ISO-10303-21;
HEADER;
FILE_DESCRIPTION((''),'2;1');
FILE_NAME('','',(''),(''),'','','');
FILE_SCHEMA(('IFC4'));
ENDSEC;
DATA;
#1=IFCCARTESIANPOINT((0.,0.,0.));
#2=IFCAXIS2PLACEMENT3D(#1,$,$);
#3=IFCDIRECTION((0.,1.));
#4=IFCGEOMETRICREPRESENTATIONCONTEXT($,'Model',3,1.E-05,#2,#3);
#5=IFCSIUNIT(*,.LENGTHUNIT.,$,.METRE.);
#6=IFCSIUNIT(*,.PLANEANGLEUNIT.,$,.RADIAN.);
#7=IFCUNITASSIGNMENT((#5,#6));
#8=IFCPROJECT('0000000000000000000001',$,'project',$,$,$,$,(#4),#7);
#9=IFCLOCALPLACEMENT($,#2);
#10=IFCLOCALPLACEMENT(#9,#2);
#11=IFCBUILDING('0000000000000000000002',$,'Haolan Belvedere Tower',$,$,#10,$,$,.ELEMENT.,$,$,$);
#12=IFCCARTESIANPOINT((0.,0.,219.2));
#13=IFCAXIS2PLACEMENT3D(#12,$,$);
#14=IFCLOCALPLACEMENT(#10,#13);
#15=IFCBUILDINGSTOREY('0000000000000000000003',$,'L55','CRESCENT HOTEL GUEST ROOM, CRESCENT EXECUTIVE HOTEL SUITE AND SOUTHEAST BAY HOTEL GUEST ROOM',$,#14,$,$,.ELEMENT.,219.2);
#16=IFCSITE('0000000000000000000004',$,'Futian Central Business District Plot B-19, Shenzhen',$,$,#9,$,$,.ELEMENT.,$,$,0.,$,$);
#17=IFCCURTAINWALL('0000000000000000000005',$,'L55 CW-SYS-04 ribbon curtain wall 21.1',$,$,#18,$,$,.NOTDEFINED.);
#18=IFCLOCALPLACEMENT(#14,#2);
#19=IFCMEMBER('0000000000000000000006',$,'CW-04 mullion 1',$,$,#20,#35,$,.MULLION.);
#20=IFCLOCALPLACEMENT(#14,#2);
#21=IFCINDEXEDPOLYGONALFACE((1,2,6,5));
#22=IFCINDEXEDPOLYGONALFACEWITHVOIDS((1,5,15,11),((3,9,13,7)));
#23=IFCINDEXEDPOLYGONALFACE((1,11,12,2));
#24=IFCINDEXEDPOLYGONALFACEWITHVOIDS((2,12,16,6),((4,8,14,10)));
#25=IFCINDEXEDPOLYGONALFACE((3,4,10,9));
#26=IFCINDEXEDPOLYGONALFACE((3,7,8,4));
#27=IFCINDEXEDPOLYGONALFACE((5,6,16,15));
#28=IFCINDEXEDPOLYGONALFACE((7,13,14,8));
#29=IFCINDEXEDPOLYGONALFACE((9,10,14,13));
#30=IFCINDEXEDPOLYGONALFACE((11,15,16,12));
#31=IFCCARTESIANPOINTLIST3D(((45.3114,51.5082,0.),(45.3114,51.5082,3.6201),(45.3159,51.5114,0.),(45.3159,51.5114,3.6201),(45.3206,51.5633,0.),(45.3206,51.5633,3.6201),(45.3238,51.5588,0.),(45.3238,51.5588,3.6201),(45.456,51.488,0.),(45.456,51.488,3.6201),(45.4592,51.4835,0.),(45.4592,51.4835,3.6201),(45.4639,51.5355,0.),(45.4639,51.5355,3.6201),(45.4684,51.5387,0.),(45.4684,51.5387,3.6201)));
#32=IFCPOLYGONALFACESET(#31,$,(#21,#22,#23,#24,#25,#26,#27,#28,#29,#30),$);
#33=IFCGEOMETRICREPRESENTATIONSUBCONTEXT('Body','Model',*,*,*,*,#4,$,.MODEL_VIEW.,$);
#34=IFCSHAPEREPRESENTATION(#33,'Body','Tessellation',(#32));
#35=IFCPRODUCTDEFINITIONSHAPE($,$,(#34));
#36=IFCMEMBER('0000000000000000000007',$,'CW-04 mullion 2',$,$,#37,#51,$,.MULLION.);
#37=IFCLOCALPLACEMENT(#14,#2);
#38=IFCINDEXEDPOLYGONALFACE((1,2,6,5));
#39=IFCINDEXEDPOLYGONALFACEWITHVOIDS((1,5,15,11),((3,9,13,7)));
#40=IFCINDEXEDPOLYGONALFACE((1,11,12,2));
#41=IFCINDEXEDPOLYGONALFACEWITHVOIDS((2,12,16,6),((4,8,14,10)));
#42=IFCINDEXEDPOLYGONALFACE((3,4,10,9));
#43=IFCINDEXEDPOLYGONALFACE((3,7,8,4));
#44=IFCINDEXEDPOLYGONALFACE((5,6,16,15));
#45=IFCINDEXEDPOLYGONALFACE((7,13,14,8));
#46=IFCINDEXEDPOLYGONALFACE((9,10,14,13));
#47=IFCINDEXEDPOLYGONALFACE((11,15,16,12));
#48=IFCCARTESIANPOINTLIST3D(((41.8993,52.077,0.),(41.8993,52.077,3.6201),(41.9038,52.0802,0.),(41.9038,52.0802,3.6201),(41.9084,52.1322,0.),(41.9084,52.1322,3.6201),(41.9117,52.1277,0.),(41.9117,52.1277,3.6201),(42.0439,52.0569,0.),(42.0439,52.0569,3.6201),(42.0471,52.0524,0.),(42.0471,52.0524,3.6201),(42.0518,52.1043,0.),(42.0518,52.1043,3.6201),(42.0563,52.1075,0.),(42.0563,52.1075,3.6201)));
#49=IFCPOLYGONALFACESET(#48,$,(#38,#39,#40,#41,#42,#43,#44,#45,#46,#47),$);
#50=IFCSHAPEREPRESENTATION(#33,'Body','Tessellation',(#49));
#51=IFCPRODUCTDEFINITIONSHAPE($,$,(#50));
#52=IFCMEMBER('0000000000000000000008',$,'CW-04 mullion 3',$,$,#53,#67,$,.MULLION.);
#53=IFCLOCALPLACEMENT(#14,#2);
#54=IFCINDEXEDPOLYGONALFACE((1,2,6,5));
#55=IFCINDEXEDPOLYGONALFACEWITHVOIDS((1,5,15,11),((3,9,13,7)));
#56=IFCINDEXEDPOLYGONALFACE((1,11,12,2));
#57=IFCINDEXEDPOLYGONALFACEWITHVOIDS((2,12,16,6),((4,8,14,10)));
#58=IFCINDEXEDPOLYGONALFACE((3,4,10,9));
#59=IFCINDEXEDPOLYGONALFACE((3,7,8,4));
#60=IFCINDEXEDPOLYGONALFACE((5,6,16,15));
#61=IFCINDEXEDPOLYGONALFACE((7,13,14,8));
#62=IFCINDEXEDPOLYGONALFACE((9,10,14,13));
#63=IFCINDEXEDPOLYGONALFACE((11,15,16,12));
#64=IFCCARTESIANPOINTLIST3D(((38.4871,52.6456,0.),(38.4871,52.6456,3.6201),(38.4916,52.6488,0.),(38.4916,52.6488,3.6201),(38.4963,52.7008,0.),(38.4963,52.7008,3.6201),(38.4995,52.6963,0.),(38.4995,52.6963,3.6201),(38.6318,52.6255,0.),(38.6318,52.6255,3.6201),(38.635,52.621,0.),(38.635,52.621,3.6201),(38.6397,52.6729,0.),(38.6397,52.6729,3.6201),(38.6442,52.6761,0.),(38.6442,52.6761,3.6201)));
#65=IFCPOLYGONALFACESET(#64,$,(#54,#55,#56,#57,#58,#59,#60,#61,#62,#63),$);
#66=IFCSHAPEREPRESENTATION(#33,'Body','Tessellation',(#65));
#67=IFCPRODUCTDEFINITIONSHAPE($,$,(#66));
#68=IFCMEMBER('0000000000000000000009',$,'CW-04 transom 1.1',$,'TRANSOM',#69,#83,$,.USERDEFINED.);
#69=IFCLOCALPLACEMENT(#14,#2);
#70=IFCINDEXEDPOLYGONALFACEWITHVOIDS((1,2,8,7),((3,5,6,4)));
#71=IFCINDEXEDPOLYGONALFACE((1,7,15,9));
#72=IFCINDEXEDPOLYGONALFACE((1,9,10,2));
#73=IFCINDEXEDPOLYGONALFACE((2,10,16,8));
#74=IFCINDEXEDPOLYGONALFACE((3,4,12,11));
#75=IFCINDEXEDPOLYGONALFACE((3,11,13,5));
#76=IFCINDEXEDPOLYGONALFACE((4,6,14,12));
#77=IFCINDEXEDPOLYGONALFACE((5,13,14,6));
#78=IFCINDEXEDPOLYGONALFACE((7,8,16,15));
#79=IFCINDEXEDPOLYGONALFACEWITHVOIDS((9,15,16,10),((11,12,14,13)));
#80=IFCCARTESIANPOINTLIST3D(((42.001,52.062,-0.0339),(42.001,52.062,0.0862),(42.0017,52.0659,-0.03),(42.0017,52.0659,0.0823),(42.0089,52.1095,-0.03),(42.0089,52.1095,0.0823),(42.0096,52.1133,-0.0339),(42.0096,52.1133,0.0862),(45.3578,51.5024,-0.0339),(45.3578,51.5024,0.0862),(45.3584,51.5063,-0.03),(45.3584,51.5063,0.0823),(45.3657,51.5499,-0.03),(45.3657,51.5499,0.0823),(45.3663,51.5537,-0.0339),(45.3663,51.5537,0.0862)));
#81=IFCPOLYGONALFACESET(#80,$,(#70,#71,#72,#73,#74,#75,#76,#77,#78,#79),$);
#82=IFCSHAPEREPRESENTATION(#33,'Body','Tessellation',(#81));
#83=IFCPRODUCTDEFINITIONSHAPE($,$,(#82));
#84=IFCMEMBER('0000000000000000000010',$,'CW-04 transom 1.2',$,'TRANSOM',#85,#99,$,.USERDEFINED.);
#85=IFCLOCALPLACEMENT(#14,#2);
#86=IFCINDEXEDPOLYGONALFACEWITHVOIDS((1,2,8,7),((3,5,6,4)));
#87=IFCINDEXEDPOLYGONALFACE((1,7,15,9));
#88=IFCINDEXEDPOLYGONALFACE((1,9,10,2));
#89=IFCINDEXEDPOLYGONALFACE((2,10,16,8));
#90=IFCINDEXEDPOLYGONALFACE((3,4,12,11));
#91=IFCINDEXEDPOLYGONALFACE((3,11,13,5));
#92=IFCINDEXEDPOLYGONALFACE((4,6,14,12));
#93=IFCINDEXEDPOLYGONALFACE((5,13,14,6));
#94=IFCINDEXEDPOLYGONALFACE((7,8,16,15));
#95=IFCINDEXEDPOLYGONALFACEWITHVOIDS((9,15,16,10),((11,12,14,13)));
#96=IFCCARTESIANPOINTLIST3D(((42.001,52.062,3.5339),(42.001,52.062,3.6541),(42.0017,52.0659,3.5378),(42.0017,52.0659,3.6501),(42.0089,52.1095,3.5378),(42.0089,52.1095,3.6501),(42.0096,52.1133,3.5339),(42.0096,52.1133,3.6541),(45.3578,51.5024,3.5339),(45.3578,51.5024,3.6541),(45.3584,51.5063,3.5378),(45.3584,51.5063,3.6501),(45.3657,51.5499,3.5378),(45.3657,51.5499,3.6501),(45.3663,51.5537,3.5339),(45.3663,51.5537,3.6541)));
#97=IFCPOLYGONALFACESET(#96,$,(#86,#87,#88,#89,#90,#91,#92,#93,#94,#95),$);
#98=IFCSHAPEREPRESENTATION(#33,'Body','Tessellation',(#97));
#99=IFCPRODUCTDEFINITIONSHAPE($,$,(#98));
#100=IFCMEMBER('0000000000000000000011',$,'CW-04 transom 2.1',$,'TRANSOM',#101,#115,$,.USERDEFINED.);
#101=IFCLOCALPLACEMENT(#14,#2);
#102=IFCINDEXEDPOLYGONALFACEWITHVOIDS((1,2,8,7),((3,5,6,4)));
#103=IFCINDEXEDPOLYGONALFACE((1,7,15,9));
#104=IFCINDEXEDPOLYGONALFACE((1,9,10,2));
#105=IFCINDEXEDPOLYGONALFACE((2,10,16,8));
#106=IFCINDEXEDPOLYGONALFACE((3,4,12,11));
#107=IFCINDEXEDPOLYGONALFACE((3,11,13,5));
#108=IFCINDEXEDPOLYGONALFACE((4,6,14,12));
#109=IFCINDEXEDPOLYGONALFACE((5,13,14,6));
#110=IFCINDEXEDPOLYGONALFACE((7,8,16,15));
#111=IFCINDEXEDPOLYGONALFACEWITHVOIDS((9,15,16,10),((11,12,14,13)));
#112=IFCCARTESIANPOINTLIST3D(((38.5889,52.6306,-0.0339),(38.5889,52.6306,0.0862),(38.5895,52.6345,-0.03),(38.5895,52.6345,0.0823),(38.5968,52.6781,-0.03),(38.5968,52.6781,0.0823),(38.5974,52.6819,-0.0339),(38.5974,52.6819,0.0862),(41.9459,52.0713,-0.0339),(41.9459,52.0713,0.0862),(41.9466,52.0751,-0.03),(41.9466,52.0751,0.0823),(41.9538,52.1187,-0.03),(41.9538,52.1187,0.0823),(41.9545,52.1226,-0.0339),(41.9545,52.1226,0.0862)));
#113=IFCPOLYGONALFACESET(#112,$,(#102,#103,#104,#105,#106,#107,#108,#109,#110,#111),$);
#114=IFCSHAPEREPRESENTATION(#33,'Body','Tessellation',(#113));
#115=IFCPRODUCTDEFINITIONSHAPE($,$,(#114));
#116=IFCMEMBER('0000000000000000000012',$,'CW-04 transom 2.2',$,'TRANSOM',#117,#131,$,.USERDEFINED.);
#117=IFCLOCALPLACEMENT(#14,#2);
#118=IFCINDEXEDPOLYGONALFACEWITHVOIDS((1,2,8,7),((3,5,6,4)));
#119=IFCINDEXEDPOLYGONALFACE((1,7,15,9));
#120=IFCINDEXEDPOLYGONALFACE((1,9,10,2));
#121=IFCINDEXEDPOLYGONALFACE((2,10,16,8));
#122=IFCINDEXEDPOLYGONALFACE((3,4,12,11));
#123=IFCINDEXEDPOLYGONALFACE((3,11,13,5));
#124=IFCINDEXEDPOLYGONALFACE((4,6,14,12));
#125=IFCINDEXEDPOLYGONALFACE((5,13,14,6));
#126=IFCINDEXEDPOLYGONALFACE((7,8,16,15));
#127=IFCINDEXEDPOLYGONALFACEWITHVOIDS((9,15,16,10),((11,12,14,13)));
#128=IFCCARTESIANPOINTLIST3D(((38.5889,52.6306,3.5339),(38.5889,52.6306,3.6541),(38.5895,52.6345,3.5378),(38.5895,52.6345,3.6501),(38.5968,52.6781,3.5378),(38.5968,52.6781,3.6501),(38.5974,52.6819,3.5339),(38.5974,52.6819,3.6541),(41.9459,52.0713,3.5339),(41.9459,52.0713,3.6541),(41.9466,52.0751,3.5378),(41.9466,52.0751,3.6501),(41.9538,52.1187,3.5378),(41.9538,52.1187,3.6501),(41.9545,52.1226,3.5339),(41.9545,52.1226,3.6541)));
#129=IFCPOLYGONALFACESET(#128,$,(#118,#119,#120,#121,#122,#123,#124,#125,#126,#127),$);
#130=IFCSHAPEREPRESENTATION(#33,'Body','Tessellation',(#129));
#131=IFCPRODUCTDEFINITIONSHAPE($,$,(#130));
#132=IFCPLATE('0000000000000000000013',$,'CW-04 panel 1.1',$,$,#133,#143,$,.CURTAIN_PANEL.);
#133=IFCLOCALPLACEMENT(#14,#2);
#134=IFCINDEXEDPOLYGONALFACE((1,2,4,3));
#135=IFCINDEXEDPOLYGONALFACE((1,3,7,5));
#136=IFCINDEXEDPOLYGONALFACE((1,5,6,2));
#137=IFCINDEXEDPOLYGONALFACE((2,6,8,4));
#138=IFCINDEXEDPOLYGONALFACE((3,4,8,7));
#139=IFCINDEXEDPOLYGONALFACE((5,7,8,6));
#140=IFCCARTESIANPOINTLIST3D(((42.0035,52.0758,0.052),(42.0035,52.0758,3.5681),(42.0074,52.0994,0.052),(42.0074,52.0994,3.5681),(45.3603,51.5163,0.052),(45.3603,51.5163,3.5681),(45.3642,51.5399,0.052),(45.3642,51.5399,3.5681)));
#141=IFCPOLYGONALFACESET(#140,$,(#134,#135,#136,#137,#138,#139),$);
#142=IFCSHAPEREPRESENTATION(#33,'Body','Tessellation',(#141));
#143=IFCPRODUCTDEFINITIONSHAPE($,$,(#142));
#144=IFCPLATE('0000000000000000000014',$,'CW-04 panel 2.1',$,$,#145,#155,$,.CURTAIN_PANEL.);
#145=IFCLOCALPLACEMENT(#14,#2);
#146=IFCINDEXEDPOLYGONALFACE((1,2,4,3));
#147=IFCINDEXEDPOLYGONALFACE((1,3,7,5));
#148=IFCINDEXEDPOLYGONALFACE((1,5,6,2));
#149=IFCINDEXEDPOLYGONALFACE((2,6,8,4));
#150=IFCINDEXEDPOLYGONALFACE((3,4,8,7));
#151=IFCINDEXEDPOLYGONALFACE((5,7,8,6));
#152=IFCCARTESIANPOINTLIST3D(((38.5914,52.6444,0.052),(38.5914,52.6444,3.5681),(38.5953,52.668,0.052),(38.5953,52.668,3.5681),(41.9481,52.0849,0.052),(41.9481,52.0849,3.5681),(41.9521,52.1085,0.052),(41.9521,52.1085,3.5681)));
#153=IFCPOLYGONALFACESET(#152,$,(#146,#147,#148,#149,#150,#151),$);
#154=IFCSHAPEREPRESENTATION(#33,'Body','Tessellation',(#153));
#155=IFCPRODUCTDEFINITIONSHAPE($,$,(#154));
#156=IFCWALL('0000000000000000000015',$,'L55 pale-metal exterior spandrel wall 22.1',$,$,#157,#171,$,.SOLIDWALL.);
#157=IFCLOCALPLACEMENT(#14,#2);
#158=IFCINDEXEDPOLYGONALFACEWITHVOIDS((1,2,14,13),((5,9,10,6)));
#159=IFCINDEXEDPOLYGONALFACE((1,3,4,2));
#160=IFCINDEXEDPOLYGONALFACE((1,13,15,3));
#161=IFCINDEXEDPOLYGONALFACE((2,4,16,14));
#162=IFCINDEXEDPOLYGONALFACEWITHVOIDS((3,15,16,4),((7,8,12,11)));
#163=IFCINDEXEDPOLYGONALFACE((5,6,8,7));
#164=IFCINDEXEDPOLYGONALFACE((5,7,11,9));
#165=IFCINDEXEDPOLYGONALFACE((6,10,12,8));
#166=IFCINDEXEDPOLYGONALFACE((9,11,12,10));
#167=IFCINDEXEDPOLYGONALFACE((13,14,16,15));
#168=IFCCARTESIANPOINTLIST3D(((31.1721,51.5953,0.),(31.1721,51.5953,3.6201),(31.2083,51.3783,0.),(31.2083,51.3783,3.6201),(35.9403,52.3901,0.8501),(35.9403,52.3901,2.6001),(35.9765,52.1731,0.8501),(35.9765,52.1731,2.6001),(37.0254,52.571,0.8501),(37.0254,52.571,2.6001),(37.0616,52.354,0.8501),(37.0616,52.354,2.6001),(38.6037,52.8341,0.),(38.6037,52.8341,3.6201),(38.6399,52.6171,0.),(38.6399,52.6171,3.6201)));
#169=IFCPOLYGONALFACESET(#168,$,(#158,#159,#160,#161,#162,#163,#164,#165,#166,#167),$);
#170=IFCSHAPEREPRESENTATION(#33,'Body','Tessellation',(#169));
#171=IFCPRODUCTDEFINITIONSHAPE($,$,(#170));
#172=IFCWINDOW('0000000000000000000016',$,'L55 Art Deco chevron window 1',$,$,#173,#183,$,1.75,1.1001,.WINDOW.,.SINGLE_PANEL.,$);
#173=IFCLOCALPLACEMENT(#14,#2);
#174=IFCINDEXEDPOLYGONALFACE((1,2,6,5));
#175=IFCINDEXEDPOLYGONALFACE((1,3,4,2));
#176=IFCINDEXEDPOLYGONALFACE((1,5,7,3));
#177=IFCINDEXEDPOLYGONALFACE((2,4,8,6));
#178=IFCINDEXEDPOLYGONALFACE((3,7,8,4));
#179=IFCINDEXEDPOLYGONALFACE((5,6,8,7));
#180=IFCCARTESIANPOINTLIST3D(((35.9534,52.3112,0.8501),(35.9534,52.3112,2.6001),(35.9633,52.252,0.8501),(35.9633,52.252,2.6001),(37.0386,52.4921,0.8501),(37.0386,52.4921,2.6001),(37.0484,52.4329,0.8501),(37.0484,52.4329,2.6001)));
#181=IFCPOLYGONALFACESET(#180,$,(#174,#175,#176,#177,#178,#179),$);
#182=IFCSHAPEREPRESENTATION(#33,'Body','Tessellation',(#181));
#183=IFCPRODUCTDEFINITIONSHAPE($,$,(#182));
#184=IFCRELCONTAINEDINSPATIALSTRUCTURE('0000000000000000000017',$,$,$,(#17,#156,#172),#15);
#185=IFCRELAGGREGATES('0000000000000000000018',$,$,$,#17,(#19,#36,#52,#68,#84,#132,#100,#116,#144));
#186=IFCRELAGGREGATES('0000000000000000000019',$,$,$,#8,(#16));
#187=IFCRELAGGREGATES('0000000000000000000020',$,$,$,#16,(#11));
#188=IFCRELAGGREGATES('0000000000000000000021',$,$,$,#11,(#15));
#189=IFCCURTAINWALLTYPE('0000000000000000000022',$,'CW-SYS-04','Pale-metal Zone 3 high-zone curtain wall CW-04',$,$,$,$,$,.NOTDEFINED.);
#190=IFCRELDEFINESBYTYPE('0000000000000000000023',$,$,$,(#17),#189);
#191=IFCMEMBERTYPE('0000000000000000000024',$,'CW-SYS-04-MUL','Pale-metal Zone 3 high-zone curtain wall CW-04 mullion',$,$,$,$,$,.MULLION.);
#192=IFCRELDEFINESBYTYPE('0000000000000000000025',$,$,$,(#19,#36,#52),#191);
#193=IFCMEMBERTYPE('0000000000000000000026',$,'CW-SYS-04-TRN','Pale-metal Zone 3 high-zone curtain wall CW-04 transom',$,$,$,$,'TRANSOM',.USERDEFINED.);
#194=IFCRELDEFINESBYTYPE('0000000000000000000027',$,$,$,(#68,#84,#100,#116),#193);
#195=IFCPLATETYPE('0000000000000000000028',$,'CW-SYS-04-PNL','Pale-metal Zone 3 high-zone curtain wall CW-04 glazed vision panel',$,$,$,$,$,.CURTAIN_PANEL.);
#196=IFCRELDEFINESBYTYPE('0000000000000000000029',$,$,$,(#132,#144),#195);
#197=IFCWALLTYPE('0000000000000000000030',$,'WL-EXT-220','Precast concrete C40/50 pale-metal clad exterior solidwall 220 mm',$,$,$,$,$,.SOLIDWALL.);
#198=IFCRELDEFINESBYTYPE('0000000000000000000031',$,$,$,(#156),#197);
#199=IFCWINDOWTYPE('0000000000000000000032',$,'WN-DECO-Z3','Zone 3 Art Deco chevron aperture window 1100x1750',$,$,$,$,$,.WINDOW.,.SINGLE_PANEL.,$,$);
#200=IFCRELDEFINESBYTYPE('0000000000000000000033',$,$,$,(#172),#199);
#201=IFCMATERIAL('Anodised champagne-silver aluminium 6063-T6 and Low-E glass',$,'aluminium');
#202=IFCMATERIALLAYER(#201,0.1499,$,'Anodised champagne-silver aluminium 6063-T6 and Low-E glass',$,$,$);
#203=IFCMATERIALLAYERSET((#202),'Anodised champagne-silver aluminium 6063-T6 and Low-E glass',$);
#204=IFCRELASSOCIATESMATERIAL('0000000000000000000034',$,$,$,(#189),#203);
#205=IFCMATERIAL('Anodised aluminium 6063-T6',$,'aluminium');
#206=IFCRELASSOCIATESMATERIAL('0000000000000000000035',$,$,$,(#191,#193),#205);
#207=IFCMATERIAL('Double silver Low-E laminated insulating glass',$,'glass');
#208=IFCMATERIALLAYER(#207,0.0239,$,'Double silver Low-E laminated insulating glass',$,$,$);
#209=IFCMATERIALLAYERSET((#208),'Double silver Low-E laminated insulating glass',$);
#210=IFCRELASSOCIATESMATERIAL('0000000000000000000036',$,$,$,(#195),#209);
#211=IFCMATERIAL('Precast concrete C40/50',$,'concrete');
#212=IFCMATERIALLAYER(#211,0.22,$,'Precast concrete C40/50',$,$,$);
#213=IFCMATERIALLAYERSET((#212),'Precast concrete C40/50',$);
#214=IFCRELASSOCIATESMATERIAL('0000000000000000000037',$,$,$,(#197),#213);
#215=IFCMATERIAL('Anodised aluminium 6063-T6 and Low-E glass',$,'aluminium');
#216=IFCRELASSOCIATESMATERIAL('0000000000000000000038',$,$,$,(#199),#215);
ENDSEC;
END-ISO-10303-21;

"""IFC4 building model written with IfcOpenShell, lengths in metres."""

from ifc_helpers import new_model, si_unit, direction, frame, frame_2d, origin, origin_2d, place, context, subcontext, project, spatial, rectangle, hollow_rectangle, extrude, material, layer, layer_set, material_profile, profile_set, type_object, element, fill, aggregate, save


model = new_model("IFC4")

# Units and contexts
model_context = context("Model", 3, precision=1e-05, world=origin(), true_north=direction((0.0, 1.0)))
body_context = subcontext(model_context, "Body", "Model", "MODEL_VIEW")
ifc_project = project(units=[si_unit("LENGTHUNIT", "METRE"), si_unit("PLANEANGLEUNIT", "RADIAN")], contexts=[model_context])

# Site, building, storey
site_placement = place(None, origin())
site = spatial("IfcSite", under=ifc_project, at=site_placement, Name="Futian Central Business District Plot B-19, Shenzhen", CompositionType="ELEMENT", RefElevation=0.0)
building_placement = place(site_placement, origin())
building = spatial("IfcBuilding", under=site, at=building_placement, Name="Haolan Belvedere Tower", CompositionType="ELEMENT")
storey_placement = place(building_placement, frame((0.0, 0.0, 219.2)))
storey = spatial("IfcBuildingStorey", under=building, at=storey_placement, Name="L55", Description="CRESCENT HOTEL GUEST ROOM, CRESCENT EXECUTIVE HOTEL SUITE AND SOUTHEAST BAY HOTEL GUEST ROOM", CompositionType="ELEMENT", Elevation=219.2)

# Shared definitions
ifc_material_1 = material(Name="Anodised champagne-silver aluminium 6063-T6 and Low-E glass", Category="aluminium")
ifc_layer_1 = layer(ifc_material_1, 0.1499, Name="Anodised champagne-silver aluminium 6063-T6 and Low-E glass")
ifc_layer_set_1 = layer_set([ifc_layer_1], Name="Anodised champagne-silver aluminium 6063-T6 and Low-E glass")
curtain_wall_type = type_object("IfcCurtainWallType", Name="CW-SYS-04", Description="Pale-metal Zone 3 high-zone curtain wall CW-04", PredefinedType="NOTDEFINED", material=ifc_layer_set_1)
ifc_material_2 = material(Name="Anodised aluminium 6063-T6", Category="aluminium")
ifc_material_profile_1 = material_profile(ifc_material_2, hollow_rectangle(XDim=0.0559, YDim=0.1499, WallThickness=0.0039, at=origin_2d()), Name="Anodised aluminium 6063-T6")
ifc_profile_set_1 = profile_set([ifc_material_profile_1], Name="Anodised aluminium 6063-T6")
member_type_1 = type_object("IfcMemberType", Name="CW-SYS-04-MUL", Description="Pale-metal Zone 3 high-zone curtain wall CW-04 mullion", PredefinedType="MULLION", material=ifc_profile_set_1)

# Curtain wall, members, plates
curtain_wall_1_placement = place(storey_placement, origin())
curtain_wall_1 = element("IfcCurtainWall", 1, at=curtain_wall_1_placement, inside=storey, type_object=curtain_wall_type, Name="L55 CW-SYS-04 ribbon curtain wall 21.1", PredefinedType="NOTDEFINED")
member_1_placement = place(storey_placement, frame((45.3899, 51.5234, 0.0), z_axis=(0.0, 0.0, 1.0), x_axis=(-0.164406, -0.986393, 0.0)))
member_1 = element("IfcMember", 2, at=member_1_placement, type_object=member_type_1, Name="CW-04 mullion 1", PredefinedType="MULLION", context=body_context, shape_type="SweptSolid", body=[
    extrude(hollow_rectangle(XDim=0.0559, YDim=0.1499, WallThickness=0.0039, at=origin_2d()), origin(), (0.0, 0.0, 1.0), 3.6201),
])
member_2_placement = place(storey_placement, frame((41.9778, 52.0923, 0.0), z_axis=(0.0, 0.0, 1.0), x_axis=(-0.164406, -0.986393, 0.0)))
member_2 = element("IfcMember", 3, at=member_2_placement, type_object=member_type_1, Name="CW-04 mullion 2", PredefinedType="MULLION", context=body_context, shape_type="SweptSolid", body=[
    extrude(hollow_rectangle(XDim=0.0559, YDim=0.1499, WallThickness=0.0039, at=origin_2d()), origin(), (0.0, 0.0, 1.0), 3.6201),
])
member_3_placement = place(storey_placement, frame((38.5657, 52.6609, 0.0), z_axis=(0.0, 0.0, 1.0), x_axis=(-0.164406, -0.986393, 0.0)))
member_3 = element("IfcMember", 4, at=member_3_placement, type_object=member_type_1, Name="CW-04 mullion 3", PredefinedType="MULLION", context=body_context, shape_type="SweptSolid", body=[
    extrude(hollow_rectangle(XDim=0.0559, YDim=0.1499, WallThickness=0.0039, at=origin_2d()), origin(), (0.0, 0.0, 1.0), 3.6201),
])
ifc_material_profile_2 = material_profile(ifc_material_2, hollow_rectangle(XDim=0.052, YDim=0.1201, WallThickness=0.0039, at=origin_2d()), Name="Anodised aluminium 6063-T6")
ifc_profile_set_2 = profile_set([ifc_material_profile_2], Name="Anodised aluminium 6063-T6")
member_type_2 = type_object("IfcMemberType", Name="CW-SYS-04-TRN", Description="Pale-metal Zone 3 high-zone curtain wall CW-04 transom", ElementType="TRANSOM", PredefinedType="USERDEFINED", material=ifc_profile_set_2)
member_4_placement = place(storey_placement, frame((45.3621, 51.5281, 0.0261), z_axis=(-0.986388, 0.164434, 0.0), x_axis=(-0.164434, -0.986388, 0.0)))
member_4 = element("IfcMember", 5, at=member_4_placement, type_object=member_type_2, Name="CW-04 transom 1.1", ObjectType="TRANSOM", PredefinedType="USERDEFINED", context=body_context, shape_type="SweptSolid", body=[
    extrude(hollow_rectangle(XDim=0.052, YDim=0.1201, WallThickness=0.0039, at=origin_2d()), origin(), (0.0, 0.0, 1.0), 3.4031),
])
member_5_placement = place(storey_placement, frame((45.3621, 51.5281, 3.594), z_axis=(-0.986388, 0.164434, 0.0), x_axis=(-0.164434, -0.986388, 0.0)))
member_5 = element("IfcMember", 6, at=member_5_placement, type_object=member_type_2, Name="CW-04 transom 1.2", ObjectType="TRANSOM", PredefinedType="USERDEFINED", context=body_context, shape_type="SweptSolid", body=[
    extrude(hollow_rectangle(XDim=0.052, YDim=0.1201, WallThickness=0.0039, at=origin_2d()), origin(), (0.0, 0.0, 1.0), 3.4031),
])
member_6_placement = place(storey_placement, frame((41.9502, 52.0969, 0.0261), z_axis=(-0.986402, 0.164352, 0.0), x_axis=(-0.164352, -0.986402, 0.0)))
member_6 = element("IfcMember", 7, at=member_6_placement, type_object=member_type_2, Name="CW-04 transom 2.1", ObjectType="TRANSOM", PredefinedType="USERDEFINED", context=body_context, shape_type="SweptSolid", body=[
    extrude(hollow_rectangle(XDim=0.052, YDim=0.1201, WallThickness=0.0039, at=origin_2d()), origin(), (0.0, 0.0, 1.0), 3.4033),
])
member_7_placement = place(storey_placement, frame((41.9502, 52.0969, 3.594), z_axis=(-0.986402, 0.164352, 0.0), x_axis=(-0.164352, -0.986402, 0.0)))
member_7 = element("IfcMember", 8, at=member_7_placement, type_object=member_type_2, Name="CW-04 transom 2.2", ObjectType="TRANSOM", PredefinedType="USERDEFINED", context=body_context, shape_type="SweptSolid", body=[
    extrude(hollow_rectangle(XDim=0.052, YDim=0.1201, WallThickness=0.0039, at=origin_2d()), origin(), (0.0, 0.0, 1.0), 3.4033),
])
ifc_material_3 = material(Name="Double silver Low-E laminated insulating glass", Category="glass")
ifc_layer_2 = layer(ifc_material_3, 0.0239, Name="Double silver Low-E laminated insulating glass")
ifc_layer_set_2 = layer_set([ifc_layer_2], Name="Double silver Low-E laminated insulating glass")
plate_type = type_object("IfcPlateType", Name="CW-SYS-04-PNL", Description="Pale-metal Zone 3 high-zone curtain wall CW-04 glazed vision panel", PredefinedType="CURTAIN_PANEL", material=ifc_layer_set_2)
plate_1_placement = place(storey_placement, frame((43.6838, 51.8079, 0.052), z_axis=(0.0, 0.0, 1.0), x_axis=(-0.986393, 0.164406, 0.0)))
plate_1 = element("IfcPlate", 9, at=plate_1_placement, type_object=plate_type, Name="CW-04 panel 1.1", PredefinedType="CURTAIN_PANEL", context=body_context, shape_type="SweptSolid", body=[
    extrude(rectangle(XDim=3.4031, YDim=0.0239, at=origin_2d()), origin(), (0.0, 0.0, 1.0), 3.5161),
])
plate_2_placement = place(storey_placement, frame((40.2717, 52.3765, 0.052), z_axis=(0.0, 0.0, 1.0), x_axis=(-0.986393, 0.164406, 0.0)))
plate_2 = element("IfcPlate", 10, at=plate_2_placement, type_object=plate_type, Name="CW-04 panel 2.1", PredefinedType="CURTAIN_PANEL", context=body_context, shape_type="SweptSolid", body=[
    extrude(rectangle(XDim=3.4031, YDim=0.0239, at=origin_2d()), origin(), (0.0, 0.0, 1.0), 3.5161),
])
aggregate(curtain_wall_1, [member_1, member_2, member_3, member_4, member_5, plate_1, member_6, member_7, plate_2])

# Wall, opening, window
ifc_material_4 = material(Name="Precast concrete C40/50", Category="concrete")
ifc_layer_3 = layer(ifc_material_4, 0.22, Name="Precast concrete C40/50")
ifc_layer_set_3 = layer_set([ifc_layer_3], Name="Precast concrete C40/50")
wall_type_1 = type_object("IfcWallType", Name="WL-EXT-220", Description="Precast concrete C40/50 pale-metal clad exterior solidwall 220 mm", PredefinedType="SOLIDWALL", material=ifc_layer_set_3)
wall_1_placement = place(storey_placement, frame((38.6218, 52.7256, 0.0), z_axis=(0.0, 0.0, 1.0), x_axis=(-0.98639, -0.16442, 0.0)))
wall_1 = element("IfcWall", 11, at=wall_1_placement, inside=storey, type_object=wall_type_1, Name="L55 pale-metal exterior spandrel wall 22.1", PredefinedType="SOLIDWALL", context=body_context, shape_type="SweptSolid", body=[
    extrude(rectangle(XDim=7.5342, YDim=0.22, at=frame_2d((3.7671, 0.0))), origin(), (0.0, 0.0, 1.0), 3.6201),
])
opening_1_placement = place(wall_1_placement, frame((1.6001, 0.0, 0.8501)))
opening_1 = element("IfcOpeningElement", 12, at=opening_1_placement, cuts=wall_1, PredefinedType="OPENING", context=body_context, shape_type="SweptSolid", body=[
    extrude(rectangle(XDim=1.1001, YDim=1.75, at=frame_2d((0.55, 0.875))), frame((0.0, 0.1199, 0.0), z_axis=(0.0, -1.0, 0.0), x_axis=(1.0, 0.0, 0.0)), (0.0, 0.0, 1.0), 0.24),
])
ifc_material_5 = material(Name="Anodised aluminium 6063-T6 and Low-E glass", Category="aluminium")
window_type = type_object("IfcWindowType", Name="WN-DECO-Z3", Description="Zone 3 Art Deco chevron aperture window 1100x1750", PartitioningType="SINGLE_PANEL", PredefinedType="WINDOW", material=ifc_material_5)
window_placement = place(opening_1_placement, origin())
window = element("IfcWindow", 13, at=window_placement, inside=storey, type_object=window_type, Name="L55 Art Deco chevron window 1", OverallHeight=1.75, OverallWidth=1.1001, PartitioningType="SINGLE_PANEL", PredefinedType="WINDOW", context=body_context, shape_type="SweptSolid", body=[
    extrude(rectangle(XDim=1.1001, YDim=1.75, at=frame_2d((0.55, 0.875))), frame((0.0, 0.03, 0.0), z_axis=(0.0, -1.0, 0.0), x_axis=(1.0, 0.0, 0.0)), (0.0, 0.0, 1.0), 0.0601),
])
fill(opening_1, window)

save(model, "model.ifc")
